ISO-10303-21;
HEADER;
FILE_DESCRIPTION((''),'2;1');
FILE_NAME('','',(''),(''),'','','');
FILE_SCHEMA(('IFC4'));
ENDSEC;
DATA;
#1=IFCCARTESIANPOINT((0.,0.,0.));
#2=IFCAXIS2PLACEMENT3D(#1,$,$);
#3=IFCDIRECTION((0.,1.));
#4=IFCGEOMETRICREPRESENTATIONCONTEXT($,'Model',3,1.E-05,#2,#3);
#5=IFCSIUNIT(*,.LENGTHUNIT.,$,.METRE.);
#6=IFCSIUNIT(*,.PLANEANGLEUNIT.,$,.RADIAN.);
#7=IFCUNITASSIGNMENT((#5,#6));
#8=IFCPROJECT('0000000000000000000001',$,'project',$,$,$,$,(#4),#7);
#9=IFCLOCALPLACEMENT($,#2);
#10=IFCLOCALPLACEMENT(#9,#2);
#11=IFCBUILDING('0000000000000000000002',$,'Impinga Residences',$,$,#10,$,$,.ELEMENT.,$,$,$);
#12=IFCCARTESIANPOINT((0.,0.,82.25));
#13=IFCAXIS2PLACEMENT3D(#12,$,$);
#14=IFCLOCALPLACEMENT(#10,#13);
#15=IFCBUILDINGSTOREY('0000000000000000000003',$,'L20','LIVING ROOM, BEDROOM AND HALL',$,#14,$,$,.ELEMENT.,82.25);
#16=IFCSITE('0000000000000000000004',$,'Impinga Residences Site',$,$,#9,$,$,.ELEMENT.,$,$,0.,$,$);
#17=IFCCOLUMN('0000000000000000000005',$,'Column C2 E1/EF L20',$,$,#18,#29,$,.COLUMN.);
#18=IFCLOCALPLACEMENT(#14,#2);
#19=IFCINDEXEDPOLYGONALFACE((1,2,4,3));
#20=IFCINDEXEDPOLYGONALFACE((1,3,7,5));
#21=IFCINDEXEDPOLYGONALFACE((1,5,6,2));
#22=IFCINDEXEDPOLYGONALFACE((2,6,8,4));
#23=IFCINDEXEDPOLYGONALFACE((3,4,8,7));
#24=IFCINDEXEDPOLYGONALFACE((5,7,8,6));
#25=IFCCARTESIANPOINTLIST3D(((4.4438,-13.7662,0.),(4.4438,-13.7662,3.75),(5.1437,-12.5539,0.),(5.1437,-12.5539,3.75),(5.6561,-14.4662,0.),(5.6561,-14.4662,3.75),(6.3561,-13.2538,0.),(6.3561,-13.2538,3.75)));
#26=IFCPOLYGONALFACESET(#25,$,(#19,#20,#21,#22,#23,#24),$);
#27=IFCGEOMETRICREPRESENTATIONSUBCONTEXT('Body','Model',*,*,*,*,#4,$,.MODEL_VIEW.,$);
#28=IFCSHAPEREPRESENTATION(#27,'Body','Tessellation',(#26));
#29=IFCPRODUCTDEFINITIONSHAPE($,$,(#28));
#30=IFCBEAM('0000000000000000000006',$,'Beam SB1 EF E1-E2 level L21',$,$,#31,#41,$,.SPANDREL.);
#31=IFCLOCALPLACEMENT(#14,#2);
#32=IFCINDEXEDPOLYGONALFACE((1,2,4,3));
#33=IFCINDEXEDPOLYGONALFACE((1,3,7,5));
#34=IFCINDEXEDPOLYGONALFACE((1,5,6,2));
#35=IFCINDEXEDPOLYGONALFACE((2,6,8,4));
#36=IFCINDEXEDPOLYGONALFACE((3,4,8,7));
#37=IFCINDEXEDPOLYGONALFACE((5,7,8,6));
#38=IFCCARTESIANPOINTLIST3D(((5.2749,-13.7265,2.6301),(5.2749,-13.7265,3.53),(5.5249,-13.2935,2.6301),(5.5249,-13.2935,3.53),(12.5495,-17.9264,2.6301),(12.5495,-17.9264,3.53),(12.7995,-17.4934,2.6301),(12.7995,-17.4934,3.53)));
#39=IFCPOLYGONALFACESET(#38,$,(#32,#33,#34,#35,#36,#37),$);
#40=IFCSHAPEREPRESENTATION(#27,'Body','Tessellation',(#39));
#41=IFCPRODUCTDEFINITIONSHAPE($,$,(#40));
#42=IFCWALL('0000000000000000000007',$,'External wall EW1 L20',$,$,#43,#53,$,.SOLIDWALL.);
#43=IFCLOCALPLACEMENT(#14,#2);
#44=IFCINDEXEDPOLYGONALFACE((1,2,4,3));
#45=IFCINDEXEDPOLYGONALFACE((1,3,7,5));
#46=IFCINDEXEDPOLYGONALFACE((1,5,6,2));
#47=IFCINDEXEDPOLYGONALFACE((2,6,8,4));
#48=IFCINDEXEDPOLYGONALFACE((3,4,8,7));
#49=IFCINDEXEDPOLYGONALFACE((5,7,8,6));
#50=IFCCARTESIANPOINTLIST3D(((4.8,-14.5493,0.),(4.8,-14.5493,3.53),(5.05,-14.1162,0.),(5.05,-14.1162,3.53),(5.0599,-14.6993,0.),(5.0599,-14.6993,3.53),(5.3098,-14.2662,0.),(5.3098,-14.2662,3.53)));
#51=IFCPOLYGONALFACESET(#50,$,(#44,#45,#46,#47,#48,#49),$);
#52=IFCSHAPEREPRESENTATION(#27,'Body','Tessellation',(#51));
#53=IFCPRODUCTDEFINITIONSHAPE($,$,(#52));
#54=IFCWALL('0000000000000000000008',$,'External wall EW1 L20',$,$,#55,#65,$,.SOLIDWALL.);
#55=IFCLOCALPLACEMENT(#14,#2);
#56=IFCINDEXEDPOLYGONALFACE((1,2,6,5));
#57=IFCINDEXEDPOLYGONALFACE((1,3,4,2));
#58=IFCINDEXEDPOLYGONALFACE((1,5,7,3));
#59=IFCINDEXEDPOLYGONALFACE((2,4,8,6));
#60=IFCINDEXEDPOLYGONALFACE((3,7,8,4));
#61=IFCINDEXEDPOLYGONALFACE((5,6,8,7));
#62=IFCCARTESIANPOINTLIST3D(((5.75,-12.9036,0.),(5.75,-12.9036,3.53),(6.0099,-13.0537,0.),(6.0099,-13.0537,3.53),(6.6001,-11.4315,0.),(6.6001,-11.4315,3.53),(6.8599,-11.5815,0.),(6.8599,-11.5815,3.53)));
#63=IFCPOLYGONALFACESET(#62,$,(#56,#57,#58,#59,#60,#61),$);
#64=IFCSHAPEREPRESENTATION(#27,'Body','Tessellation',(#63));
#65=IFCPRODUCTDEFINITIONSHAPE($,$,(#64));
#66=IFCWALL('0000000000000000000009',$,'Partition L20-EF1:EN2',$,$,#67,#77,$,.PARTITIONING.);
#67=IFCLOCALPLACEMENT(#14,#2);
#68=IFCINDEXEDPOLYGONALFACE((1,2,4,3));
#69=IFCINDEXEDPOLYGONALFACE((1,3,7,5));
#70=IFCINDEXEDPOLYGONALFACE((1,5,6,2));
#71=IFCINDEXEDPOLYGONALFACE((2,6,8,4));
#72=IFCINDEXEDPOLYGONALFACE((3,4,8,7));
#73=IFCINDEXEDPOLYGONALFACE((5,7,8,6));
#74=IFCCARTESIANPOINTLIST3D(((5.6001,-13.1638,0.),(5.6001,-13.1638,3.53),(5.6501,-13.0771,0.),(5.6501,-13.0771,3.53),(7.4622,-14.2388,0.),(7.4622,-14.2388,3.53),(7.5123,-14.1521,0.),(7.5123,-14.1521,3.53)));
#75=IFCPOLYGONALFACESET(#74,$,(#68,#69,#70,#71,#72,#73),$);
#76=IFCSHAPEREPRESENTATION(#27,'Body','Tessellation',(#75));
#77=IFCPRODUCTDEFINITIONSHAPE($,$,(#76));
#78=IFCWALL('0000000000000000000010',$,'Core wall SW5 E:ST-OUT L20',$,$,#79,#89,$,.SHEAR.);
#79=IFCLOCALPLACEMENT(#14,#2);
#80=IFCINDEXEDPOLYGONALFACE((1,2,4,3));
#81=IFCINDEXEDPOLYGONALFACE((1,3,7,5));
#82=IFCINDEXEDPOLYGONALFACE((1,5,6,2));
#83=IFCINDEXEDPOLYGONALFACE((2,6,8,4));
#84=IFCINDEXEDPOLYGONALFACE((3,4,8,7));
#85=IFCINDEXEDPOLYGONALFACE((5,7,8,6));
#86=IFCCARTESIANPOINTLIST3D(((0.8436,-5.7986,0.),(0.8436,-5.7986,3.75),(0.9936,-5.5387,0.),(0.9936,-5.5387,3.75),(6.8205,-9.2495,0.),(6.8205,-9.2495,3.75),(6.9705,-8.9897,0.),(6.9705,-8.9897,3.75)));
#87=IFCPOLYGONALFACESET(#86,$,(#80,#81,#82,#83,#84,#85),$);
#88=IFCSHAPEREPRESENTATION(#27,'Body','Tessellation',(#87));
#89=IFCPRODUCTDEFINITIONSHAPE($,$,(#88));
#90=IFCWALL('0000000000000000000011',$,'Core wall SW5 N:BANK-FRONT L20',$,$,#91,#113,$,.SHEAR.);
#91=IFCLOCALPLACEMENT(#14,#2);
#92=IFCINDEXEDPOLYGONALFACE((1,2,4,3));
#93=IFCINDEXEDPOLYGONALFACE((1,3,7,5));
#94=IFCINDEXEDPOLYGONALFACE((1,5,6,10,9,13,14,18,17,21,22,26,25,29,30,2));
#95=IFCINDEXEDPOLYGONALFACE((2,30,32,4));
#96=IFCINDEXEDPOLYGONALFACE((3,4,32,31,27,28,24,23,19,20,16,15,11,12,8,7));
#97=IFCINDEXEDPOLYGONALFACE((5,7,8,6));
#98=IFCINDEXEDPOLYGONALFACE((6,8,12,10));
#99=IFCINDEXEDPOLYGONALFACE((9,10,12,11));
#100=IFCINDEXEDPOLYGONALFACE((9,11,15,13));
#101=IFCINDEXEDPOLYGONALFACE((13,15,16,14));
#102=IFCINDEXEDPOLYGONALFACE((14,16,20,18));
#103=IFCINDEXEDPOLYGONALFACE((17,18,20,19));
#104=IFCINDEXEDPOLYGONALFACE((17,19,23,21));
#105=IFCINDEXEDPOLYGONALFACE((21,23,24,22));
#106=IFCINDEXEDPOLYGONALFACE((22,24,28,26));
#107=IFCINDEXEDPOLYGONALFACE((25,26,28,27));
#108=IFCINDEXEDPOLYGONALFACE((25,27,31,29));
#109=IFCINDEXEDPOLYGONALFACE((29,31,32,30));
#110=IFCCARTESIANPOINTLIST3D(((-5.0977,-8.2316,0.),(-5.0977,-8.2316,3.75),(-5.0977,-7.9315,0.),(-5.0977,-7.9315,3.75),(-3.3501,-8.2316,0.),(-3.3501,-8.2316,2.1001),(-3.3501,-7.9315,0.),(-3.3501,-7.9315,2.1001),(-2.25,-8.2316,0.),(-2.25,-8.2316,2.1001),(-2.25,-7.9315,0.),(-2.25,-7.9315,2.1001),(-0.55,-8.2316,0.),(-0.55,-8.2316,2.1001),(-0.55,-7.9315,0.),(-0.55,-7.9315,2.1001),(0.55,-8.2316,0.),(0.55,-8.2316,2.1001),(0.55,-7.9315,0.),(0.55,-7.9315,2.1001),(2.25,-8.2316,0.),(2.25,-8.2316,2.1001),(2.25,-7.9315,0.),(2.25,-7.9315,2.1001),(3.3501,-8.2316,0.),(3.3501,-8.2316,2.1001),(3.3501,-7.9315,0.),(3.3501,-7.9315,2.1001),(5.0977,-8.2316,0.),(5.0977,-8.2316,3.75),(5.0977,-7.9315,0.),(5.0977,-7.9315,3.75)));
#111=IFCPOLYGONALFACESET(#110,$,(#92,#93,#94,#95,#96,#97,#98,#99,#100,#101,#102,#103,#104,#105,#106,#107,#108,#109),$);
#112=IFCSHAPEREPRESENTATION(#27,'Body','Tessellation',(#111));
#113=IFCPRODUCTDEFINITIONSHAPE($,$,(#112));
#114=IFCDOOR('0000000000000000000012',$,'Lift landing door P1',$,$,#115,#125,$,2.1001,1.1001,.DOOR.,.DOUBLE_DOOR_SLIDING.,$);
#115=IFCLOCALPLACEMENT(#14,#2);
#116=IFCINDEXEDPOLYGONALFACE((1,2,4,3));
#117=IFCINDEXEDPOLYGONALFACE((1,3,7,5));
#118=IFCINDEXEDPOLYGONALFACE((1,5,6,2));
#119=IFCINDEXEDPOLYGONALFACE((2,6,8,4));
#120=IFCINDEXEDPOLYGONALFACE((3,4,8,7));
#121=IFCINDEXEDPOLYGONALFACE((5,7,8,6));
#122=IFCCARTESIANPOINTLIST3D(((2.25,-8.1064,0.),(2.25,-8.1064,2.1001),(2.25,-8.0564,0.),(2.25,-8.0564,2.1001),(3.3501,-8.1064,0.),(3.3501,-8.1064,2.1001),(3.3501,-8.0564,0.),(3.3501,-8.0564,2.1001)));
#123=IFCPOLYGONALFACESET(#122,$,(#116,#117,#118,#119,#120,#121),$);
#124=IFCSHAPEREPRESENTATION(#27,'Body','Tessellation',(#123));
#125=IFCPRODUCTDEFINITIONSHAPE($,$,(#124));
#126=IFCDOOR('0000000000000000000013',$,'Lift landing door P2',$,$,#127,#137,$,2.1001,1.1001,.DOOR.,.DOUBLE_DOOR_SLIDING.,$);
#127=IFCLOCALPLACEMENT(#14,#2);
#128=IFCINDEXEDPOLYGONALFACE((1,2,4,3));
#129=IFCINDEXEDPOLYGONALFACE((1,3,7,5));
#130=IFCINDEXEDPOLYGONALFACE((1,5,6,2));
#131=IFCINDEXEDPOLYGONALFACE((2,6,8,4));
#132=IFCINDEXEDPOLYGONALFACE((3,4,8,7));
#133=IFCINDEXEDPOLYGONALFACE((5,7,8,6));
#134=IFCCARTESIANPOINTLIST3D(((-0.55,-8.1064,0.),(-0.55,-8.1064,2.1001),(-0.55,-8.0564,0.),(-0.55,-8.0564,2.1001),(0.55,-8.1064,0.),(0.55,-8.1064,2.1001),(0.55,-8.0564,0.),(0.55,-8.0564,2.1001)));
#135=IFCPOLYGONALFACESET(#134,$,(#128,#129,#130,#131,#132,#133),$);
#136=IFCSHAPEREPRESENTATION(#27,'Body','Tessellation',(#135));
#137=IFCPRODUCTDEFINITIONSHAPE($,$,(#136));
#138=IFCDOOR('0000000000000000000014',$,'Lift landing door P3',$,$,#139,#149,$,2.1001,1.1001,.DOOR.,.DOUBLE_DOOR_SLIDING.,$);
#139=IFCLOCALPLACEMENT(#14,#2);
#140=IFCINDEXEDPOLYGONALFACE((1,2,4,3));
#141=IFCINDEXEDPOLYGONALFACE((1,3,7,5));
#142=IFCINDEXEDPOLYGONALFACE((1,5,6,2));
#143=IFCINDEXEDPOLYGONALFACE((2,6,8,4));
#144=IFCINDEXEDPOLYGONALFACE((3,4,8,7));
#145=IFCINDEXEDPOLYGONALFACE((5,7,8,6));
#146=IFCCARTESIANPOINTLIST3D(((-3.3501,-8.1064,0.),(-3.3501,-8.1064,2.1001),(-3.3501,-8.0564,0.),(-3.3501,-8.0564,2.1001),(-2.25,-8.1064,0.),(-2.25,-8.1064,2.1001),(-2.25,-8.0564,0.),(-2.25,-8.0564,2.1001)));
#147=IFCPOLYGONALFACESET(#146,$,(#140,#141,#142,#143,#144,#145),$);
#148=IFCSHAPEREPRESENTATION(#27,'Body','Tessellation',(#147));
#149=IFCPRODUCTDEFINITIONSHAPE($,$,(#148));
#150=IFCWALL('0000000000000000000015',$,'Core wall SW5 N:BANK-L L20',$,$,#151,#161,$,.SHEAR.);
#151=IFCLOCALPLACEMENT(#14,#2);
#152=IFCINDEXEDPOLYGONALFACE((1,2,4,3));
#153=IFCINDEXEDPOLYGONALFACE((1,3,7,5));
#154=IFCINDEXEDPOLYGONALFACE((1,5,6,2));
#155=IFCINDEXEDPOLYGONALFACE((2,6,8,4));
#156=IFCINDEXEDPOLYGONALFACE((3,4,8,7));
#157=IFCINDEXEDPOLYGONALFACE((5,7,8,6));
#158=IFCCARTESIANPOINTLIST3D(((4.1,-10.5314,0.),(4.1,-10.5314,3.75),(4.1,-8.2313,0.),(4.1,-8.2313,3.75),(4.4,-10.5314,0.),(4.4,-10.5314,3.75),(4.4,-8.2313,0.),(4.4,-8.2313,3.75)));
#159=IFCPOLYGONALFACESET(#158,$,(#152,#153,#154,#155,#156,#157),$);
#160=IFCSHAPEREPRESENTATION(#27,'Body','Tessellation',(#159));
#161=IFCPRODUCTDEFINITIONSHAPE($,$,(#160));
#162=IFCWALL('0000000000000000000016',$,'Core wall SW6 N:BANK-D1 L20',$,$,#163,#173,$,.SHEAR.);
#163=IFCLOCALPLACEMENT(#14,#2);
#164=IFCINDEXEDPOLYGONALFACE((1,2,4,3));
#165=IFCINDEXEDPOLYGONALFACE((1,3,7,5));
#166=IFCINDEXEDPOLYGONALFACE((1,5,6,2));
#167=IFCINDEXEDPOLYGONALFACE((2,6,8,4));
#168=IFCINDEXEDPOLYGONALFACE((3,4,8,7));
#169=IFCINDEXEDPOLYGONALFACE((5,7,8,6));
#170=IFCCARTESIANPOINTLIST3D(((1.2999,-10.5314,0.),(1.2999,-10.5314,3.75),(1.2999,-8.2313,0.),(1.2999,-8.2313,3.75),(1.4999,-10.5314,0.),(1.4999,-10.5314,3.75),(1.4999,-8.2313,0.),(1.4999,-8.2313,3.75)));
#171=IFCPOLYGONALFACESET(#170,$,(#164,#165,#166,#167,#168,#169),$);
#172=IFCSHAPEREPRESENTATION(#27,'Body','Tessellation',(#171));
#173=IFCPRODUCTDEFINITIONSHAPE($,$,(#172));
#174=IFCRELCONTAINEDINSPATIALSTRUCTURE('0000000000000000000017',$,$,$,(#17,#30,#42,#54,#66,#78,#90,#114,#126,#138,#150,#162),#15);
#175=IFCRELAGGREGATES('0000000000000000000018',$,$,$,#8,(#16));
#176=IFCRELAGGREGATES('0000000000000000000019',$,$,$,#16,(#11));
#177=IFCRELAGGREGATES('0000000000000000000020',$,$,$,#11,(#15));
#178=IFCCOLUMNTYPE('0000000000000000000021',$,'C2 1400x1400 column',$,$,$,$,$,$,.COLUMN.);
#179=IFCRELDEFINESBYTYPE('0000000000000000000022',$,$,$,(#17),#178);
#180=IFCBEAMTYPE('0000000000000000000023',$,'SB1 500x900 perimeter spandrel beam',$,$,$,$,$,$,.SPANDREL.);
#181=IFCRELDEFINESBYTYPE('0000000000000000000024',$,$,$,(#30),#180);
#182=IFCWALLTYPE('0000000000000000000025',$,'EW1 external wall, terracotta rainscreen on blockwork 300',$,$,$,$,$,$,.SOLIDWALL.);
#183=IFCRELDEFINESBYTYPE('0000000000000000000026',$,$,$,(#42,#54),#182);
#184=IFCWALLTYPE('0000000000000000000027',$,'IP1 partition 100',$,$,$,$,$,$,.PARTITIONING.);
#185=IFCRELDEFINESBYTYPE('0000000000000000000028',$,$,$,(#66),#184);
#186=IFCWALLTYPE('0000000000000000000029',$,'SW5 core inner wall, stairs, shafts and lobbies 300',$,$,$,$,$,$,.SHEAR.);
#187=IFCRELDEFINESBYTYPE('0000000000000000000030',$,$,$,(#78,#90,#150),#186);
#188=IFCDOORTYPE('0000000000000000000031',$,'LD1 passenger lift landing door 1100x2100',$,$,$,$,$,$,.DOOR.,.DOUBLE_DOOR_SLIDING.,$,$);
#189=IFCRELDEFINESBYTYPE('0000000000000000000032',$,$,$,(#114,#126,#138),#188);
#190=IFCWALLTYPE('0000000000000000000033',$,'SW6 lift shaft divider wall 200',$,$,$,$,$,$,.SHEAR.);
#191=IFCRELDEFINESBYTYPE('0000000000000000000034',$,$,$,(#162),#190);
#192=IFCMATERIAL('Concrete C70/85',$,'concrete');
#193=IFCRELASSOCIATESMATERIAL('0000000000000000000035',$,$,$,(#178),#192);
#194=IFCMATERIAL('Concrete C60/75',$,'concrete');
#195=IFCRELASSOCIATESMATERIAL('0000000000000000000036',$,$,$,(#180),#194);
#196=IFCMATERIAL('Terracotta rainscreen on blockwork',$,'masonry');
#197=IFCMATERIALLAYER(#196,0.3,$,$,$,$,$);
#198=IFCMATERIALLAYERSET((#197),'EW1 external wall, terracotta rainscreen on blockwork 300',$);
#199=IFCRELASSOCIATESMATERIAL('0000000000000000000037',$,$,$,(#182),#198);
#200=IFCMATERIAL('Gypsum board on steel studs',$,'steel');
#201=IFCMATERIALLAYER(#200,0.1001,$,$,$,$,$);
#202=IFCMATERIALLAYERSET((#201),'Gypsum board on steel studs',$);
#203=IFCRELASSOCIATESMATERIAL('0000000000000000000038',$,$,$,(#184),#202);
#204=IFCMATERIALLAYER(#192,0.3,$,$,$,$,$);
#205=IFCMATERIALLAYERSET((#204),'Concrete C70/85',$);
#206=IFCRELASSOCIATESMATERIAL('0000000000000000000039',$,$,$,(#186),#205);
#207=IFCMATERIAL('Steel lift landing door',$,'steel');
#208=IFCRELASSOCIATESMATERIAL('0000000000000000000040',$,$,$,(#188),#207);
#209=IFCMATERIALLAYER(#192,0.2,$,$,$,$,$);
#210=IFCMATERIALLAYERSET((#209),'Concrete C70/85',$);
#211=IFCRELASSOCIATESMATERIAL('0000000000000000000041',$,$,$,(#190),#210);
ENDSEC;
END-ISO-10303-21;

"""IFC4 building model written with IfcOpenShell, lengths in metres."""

from ifc_helpers import new_model, si_unit, direction, frame, frame_2d, origin, origin_2d, place, context, subcontext, project, spatial, rectangle, extrude, material, layer, layer_set, material_profile, profile_set, type_object, element, fill, save


model = new_model("IFC4")

# Units and contexts
model_context = context("Model", 3, precision=1e-05, world=origin(), true_north=direction((0.0, 1.0)))
body_context = subcontext(model_context, "Body", "Model", "MODEL_VIEW")
ifc_project = project(units=[si_unit("LENGTHUNIT", "METRE"), si_unit("PLANEANGLEUNIT", "RADIAN")], contexts=[model_context])

# Site, building, storey
site_placement = place(None, origin())
site = spatial("IfcSite", under=ifc_project, at=site_placement, Name="Impinga Residences Site", CompositionType="ELEMENT", RefElevation=0.0)
building_placement = place(site_placement, origin())
building = spatial("IfcBuilding", under=site, at=building_placement, Name="Impinga Residences", CompositionType="ELEMENT")
storey_placement = place(building_placement, frame((0.0, 0.0, 82.25)))
storey = spatial("IfcBuildingStorey", under=building, at=storey_placement, Name="L20", Description="LIVING ROOM, BEDROOM AND HALL", CompositionType="ELEMENT", Elevation=82.25)

# Column
ifc_material_1 = material(Name="Concrete C70/85", Category="concrete")
ifc_material_profile_1 = material_profile(ifc_material_1, rectangle(XDim=1.3999, YDim=1.3999, at=origin_2d()), Name="RC 1400x1400")
ifc_profile_set_1 = profile_set([ifc_material_profile_1], Name="Concrete C70/85")
column_type = type_object("IfcColumnType", Name="C2 1400x1400 column", PredefinedType="COLUMN", material=ifc_profile_set_1)
column_placement = place(storey_placement, frame((5.3999, -13.51, 0.0), z_axis=(0.0, 0.0, 1.0), x_axis=(-0.5, -0.866025, 0.0)))
element("IfcColumn", 1, at=column_placement, inside=storey, type_object=column_type, Name="Column C2 E1/EF L20", PredefinedType="COLUMN", context=body_context, shape_type="SweptSolid", body=[
    extrude(rectangle(XDim=1.3999, YDim=1.3999, at=origin_2d()), origin(), (0.0, 0.0, 1.0), 3.75),
])

# Beam
ifc_material_2 = material(Name="Concrete C60/75", Category="concrete")
ifc_material_profile_2 = material_profile(ifc_material_2, rectangle(XDim=0.5, YDim=0.8999, at=origin_2d()), Name="RC 500x900")
ifc_profile_set_2 = profile_set([ifc_material_profile_2], Name="Concrete C60/75")
beam_type = type_object("IfcBeamType", Name="SB1 500x900 perimeter spandrel beam", PredefinedType="SPANDREL", material=ifc_profile_set_2)
beam_placement = place(storey_placement, frame((5.3999, -13.51, 3.0801), z_axis=(0.866029, -0.499993, 0.0), x_axis=(0.499993, 0.866029, 0.0)))
element("IfcBeam", 2, at=beam_placement, inside=storey, type_object=beam_type, Name="Beam SB1 EF E1-E2 level L21", PredefinedType="SPANDREL", context=body_context, shape_type="SweptSolid", body=[
    extrude(rectangle(XDim=0.5, YDim=0.8999, at=origin_2d()), origin(), (0.0, 0.0, 1.0), 8.3999),
])

# Walls
ifc_material_3 = material(Name="Terracotta rainscreen on blockwork", Category="masonry")
ifc_layer_1 = layer(ifc_material_3, 0.3)
ifc_layer_set_1 = layer_set([ifc_layer_1], Name="EW1 external wall, terracotta rainscreen on blockwork 300")
wall_type_1 = type_object("IfcWallType", Name="EW1 external wall, terracotta rainscreen on blockwork 300", PredefinedType="SOLIDWALL", material=ifc_layer_set_1)
wall_1_placement = place(storey_placement, frame((4.9299, -14.6243, 0.0), z_axis=(0.0, 0.0, 1.0), x_axis=(0.49992, 0.866072, 0.0)))
element("IfcWall", 3, at=wall_1_placement, inside=storey, type_object=wall_type_1, Name="External wall EW1 L20", PredefinedType="SOLIDWALL", context=body_context, shape_type="SweptSolid", body=[
    extrude(rectangle(XDim=0.5, YDim=0.3, at=frame_2d((0.25, 0.0))), origin(), (0.0, 0.0, 1.0), 3.53),
])
wall_2_placement = place(storey_placement, frame((5.8799, -12.9788, 0.0), z_axis=(0.0, 0.0, 1.0), x_axis=(0.500062, 0.865989, 0.0)))
element("IfcWall", 4, at=wall_2_placement, inside=storey, type_object=wall_type_1, Name="External wall EW1 L20", PredefinedType="SOLIDWALL", context=body_context, shape_type="SweptSolid", body=[
    extrude(rectangle(XDim=1.7, YDim=0.3, at=frame_2d((0.8501, 0.0))), origin(), (0.0, 0.0, 1.0), 3.53),
])
ifc_material_4 = material(Name="Gypsum board on steel studs", Category="steel")
ifc_layer_2 = layer(ifc_material_4, 0.1001)
ifc_layer_set_2 = layer_set([ifc_layer_2], Name="Gypsum board on steel studs")
wall_type_2 = type_object("IfcWallType", Name="IP1 partition 100", PredefinedType="PARTITIONING", material=ifc_layer_set_2)
wall_3_placement = place(storey_placement, frame((5.625, -13.1204, 0.0), z_axis=(0.0, 0.0, 1.0), x_axis=(0.866048, -0.499962, 0.0)))
element("IfcWall", 5, at=wall_3_placement, inside=storey, type_object=wall_type_2, Name="Partition L20-EF1:EN2", PredefinedType="PARTITIONING", context=body_context, shape_type="SweptSolid", body=[
    extrude(rectangle(XDim=2.1501, YDim=0.1001, at=frame_2d((1.0752, 0.0))), origin(), (0.0, 0.0, 1.0), 3.53),
])
ifc_layer_3 = layer(ifc_material_1, 0.3)
ifc_layer_set_3 = layer_set([ifc_layer_3], Name="Concrete C70/85")
wall_type_3 = type_object("IfcWallType", Name="SW5 core inner wall, stairs, shafts and lobbies 300", PredefinedType="SHEAR", material=ifc_layer_set_3)
wall_4_placement = place(storey_placement, frame((0.9187, -5.6687, 0.0), z_axis=(0.0, 0.0, 1.0), x_axis=(0.866012, -0.500024, 0.0)))
element("IfcWall", 6, at=wall_4_placement, inside=storey, type_object=wall_type_3, Name="Core wall SW5 E:ST-OUT L20", PredefinedType="SHEAR", context=body_context, shape_type="SweptSolid", body=[
    extrude(rectangle(XDim=6.9016, YDim=0.3, at=frame_2d((3.4507, 0.0))), origin(), (0.0, 0.0, 1.0), 3.75),
])

# Wall, openings, doors
wall_5_placement = place(storey_placement, frame((5.0977, -8.0815, 0.0), z_axis=(0.0, 0.0, 1.0), x_axis=(-1.0, 0.0, 0.0)))
wall_5 = element("IfcWall", 7, at=wall_5_placement, inside=storey, type_object=wall_type_3, Name="Core wall SW5 N:BANK-FRONT L20", PredefinedType="SHEAR", context=body_context, shape_type="SweptSolid", body=[
    extrude(rectangle(XDim=10.1953, YDim=0.3, at=frame_2d((5.0977, 0.0))), origin(), (0.0, 0.0, 1.0), 3.75),
])
opening_1_placement = place(wall_5_placement, frame((1.7476, 0.0, 0.0)))
opening_1 = element("IfcOpeningElement", 8, at=opening_1_placement, cuts=wall_5, PredefinedType="OPENING", context=body_context, shape_type="SweptSolid", body=[
    extrude(rectangle(XDim=1.1001, YDim=2.1001, at=frame_2d((0.55, 1.05))), frame((0.0, 0.1599, 0.0), z_axis=(0.0, -1.0, 0.0), x_axis=(1.0, 0.0, 0.0)), (0.0, 0.0, 1.0), 0.3201),
])
opening_2_placement = place(wall_5_placement, frame((4.5476, 0.0, 0.0)))
opening_2 = element("IfcOpeningElement", 9, at=opening_2_placement, cuts=wall_5, PredefinedType="OPENING", context=body_context, shape_type="SweptSolid", body=[
    extrude(rectangle(XDim=1.1001, YDim=2.1001, at=frame_2d((0.55, 1.05))), frame((0.0, 0.1599, 0.0), z_axis=(0.0, -1.0, 0.0), x_axis=(1.0, 0.0, 0.0)), (0.0, 0.0, 1.0), 0.3201),
])
opening_3_placement = place(wall_5_placement, frame((7.3477, 0.0, 0.0)))
opening_3 = element("IfcOpeningElement", 10, at=opening_3_placement, cuts=wall_5, PredefinedType="OPENING", context=body_context, shape_type="SweptSolid", body=[
    extrude(rectangle(XDim=1.1001, YDim=2.1001, at=frame_2d((0.55, 1.05))), frame((0.0, 0.1599, 0.0), z_axis=(0.0, -1.0, 0.0), x_axis=(1.0, 0.0, 0.0)), (0.0, 0.0, 1.0), 0.3201),
])
ifc_material_5 = material(Name="Steel lift landing door", Category="steel")
door_type = type_object("IfcDoorType", Name="LD1 passenger lift landing door 1100x2100", OperationType="DOUBLE_DOOR_SLIDING", PredefinedType="DOOR", material=ifc_material_5)
door_1_placement = place(opening_1_placement, origin())
door_1 = element("IfcDoor", 11, at=door_1_placement, inside=storey, type_object=door_type, Name="Lift landing door P1", OperationType="DOUBLE_DOOR_SLIDING", OverallHeight=2.1001, OverallWidth=1.1001, PredefinedType="DOOR", context=body_context, shape_type="SweptSolid", body=[
    extrude(rectangle(XDim=1.1001, YDim=2.1001, at=frame_2d((0.55, 1.05))), frame((0.0, 0.0249, 0.0), z_axis=(0.0, -1.0, 0.0), x_axis=(1.0, 0.0, 0.0)), (0.0, 0.0, 1.0), 0.05),
])
fill(opening_1, door_1)
door_2_placement = place(opening_2_placement, origin())
door_2 = element("IfcDoor", 12, at=door_2_placement, inside=storey, type_object=door_type, Name="Lift landing door P2", OperationType="DOUBLE_DOOR_SLIDING", OverallHeight=2.1001, OverallWidth=1.1001, PredefinedType="DOOR", context=body_context, shape_type="SweptSolid", body=[
    extrude(rectangle(XDim=1.1001, YDim=2.1001, at=frame_2d((0.55, 1.05))), frame((0.0, 0.0249, 0.0), z_axis=(0.0, -1.0, 0.0), x_axis=(1.0, 0.0, 0.0)), (0.0, 0.0, 1.0), 0.05),
])
fill(opening_2, door_2)
door_3_placement = place(opening_3_placement, origin())
door_3 = element("IfcDoor", 13, at=door_3_placement, inside=storey, type_object=door_type, Name="Lift landing door P3", OperationType="DOUBLE_DOOR_SLIDING", OverallHeight=2.1001, OverallWidth=1.1001, PredefinedType="DOOR", context=body_context, shape_type="SweptSolid", body=[
    extrude(rectangle(XDim=1.1001, YDim=2.1001, at=frame_2d((0.55, 1.05))), frame((0.0, 0.0249, 0.0), z_axis=(0.0, -1.0, 0.0), x_axis=(1.0, 0.0, 0.0)), (0.0, 0.0, 1.0), 0.05),
])
fill(opening_3, door_3)

# Walls
wall_6_placement = place(storey_placement, frame((4.25, -8.2314, 0.0), z_axis=(0.0, 0.0, 1.0), x_axis=(0.0, -1.0, 0.0)))
element("IfcWall", 14, at=wall_6_placement, inside=storey, type_object=wall_type_3, Name="Core wall SW5 N:BANK-L L20", PredefinedType="SHEAR", context=body_context, shape_type="SweptSolid", body=[
    extrude(rectangle(XDim=2.3, YDim=0.3, at=frame_2d((1.1499, 0.0))), origin(), (0.0, 0.0, 1.0), 3.75),
])
ifc_layer_4 = layer(ifc_material_1, 0.2)
ifc_layer_set_4 = layer_set([ifc_layer_4], Name="Concrete C70/85")
wall_type_4 = type_object("IfcWallType", Name="SW6 lift shaft divider wall 200", PredefinedType="SHEAR", material=ifc_layer_set_4)
wall_7_placement = place(storey_placement, frame((1.3999, -8.2314, 0.0), z_axis=(0.0, 0.0, 1.0), x_axis=(0.0, -1.0, 0.0)))
element("IfcWall", 15, at=wall_7_placement, inside=storey, type_object=wall_type_4, Name="Core wall SW6 N:BANK-D1 L20", PredefinedType="SHEAR", context=body_context, shape_type="SweptSolid", body=[
    extrude(rectangle(XDim=2.3, YDim=0.2, at=frame_2d((1.1499, 0.0))), origin(), (0.0, 0.0, 1.0), 3.75),
])

save(model, "model.ifc")
